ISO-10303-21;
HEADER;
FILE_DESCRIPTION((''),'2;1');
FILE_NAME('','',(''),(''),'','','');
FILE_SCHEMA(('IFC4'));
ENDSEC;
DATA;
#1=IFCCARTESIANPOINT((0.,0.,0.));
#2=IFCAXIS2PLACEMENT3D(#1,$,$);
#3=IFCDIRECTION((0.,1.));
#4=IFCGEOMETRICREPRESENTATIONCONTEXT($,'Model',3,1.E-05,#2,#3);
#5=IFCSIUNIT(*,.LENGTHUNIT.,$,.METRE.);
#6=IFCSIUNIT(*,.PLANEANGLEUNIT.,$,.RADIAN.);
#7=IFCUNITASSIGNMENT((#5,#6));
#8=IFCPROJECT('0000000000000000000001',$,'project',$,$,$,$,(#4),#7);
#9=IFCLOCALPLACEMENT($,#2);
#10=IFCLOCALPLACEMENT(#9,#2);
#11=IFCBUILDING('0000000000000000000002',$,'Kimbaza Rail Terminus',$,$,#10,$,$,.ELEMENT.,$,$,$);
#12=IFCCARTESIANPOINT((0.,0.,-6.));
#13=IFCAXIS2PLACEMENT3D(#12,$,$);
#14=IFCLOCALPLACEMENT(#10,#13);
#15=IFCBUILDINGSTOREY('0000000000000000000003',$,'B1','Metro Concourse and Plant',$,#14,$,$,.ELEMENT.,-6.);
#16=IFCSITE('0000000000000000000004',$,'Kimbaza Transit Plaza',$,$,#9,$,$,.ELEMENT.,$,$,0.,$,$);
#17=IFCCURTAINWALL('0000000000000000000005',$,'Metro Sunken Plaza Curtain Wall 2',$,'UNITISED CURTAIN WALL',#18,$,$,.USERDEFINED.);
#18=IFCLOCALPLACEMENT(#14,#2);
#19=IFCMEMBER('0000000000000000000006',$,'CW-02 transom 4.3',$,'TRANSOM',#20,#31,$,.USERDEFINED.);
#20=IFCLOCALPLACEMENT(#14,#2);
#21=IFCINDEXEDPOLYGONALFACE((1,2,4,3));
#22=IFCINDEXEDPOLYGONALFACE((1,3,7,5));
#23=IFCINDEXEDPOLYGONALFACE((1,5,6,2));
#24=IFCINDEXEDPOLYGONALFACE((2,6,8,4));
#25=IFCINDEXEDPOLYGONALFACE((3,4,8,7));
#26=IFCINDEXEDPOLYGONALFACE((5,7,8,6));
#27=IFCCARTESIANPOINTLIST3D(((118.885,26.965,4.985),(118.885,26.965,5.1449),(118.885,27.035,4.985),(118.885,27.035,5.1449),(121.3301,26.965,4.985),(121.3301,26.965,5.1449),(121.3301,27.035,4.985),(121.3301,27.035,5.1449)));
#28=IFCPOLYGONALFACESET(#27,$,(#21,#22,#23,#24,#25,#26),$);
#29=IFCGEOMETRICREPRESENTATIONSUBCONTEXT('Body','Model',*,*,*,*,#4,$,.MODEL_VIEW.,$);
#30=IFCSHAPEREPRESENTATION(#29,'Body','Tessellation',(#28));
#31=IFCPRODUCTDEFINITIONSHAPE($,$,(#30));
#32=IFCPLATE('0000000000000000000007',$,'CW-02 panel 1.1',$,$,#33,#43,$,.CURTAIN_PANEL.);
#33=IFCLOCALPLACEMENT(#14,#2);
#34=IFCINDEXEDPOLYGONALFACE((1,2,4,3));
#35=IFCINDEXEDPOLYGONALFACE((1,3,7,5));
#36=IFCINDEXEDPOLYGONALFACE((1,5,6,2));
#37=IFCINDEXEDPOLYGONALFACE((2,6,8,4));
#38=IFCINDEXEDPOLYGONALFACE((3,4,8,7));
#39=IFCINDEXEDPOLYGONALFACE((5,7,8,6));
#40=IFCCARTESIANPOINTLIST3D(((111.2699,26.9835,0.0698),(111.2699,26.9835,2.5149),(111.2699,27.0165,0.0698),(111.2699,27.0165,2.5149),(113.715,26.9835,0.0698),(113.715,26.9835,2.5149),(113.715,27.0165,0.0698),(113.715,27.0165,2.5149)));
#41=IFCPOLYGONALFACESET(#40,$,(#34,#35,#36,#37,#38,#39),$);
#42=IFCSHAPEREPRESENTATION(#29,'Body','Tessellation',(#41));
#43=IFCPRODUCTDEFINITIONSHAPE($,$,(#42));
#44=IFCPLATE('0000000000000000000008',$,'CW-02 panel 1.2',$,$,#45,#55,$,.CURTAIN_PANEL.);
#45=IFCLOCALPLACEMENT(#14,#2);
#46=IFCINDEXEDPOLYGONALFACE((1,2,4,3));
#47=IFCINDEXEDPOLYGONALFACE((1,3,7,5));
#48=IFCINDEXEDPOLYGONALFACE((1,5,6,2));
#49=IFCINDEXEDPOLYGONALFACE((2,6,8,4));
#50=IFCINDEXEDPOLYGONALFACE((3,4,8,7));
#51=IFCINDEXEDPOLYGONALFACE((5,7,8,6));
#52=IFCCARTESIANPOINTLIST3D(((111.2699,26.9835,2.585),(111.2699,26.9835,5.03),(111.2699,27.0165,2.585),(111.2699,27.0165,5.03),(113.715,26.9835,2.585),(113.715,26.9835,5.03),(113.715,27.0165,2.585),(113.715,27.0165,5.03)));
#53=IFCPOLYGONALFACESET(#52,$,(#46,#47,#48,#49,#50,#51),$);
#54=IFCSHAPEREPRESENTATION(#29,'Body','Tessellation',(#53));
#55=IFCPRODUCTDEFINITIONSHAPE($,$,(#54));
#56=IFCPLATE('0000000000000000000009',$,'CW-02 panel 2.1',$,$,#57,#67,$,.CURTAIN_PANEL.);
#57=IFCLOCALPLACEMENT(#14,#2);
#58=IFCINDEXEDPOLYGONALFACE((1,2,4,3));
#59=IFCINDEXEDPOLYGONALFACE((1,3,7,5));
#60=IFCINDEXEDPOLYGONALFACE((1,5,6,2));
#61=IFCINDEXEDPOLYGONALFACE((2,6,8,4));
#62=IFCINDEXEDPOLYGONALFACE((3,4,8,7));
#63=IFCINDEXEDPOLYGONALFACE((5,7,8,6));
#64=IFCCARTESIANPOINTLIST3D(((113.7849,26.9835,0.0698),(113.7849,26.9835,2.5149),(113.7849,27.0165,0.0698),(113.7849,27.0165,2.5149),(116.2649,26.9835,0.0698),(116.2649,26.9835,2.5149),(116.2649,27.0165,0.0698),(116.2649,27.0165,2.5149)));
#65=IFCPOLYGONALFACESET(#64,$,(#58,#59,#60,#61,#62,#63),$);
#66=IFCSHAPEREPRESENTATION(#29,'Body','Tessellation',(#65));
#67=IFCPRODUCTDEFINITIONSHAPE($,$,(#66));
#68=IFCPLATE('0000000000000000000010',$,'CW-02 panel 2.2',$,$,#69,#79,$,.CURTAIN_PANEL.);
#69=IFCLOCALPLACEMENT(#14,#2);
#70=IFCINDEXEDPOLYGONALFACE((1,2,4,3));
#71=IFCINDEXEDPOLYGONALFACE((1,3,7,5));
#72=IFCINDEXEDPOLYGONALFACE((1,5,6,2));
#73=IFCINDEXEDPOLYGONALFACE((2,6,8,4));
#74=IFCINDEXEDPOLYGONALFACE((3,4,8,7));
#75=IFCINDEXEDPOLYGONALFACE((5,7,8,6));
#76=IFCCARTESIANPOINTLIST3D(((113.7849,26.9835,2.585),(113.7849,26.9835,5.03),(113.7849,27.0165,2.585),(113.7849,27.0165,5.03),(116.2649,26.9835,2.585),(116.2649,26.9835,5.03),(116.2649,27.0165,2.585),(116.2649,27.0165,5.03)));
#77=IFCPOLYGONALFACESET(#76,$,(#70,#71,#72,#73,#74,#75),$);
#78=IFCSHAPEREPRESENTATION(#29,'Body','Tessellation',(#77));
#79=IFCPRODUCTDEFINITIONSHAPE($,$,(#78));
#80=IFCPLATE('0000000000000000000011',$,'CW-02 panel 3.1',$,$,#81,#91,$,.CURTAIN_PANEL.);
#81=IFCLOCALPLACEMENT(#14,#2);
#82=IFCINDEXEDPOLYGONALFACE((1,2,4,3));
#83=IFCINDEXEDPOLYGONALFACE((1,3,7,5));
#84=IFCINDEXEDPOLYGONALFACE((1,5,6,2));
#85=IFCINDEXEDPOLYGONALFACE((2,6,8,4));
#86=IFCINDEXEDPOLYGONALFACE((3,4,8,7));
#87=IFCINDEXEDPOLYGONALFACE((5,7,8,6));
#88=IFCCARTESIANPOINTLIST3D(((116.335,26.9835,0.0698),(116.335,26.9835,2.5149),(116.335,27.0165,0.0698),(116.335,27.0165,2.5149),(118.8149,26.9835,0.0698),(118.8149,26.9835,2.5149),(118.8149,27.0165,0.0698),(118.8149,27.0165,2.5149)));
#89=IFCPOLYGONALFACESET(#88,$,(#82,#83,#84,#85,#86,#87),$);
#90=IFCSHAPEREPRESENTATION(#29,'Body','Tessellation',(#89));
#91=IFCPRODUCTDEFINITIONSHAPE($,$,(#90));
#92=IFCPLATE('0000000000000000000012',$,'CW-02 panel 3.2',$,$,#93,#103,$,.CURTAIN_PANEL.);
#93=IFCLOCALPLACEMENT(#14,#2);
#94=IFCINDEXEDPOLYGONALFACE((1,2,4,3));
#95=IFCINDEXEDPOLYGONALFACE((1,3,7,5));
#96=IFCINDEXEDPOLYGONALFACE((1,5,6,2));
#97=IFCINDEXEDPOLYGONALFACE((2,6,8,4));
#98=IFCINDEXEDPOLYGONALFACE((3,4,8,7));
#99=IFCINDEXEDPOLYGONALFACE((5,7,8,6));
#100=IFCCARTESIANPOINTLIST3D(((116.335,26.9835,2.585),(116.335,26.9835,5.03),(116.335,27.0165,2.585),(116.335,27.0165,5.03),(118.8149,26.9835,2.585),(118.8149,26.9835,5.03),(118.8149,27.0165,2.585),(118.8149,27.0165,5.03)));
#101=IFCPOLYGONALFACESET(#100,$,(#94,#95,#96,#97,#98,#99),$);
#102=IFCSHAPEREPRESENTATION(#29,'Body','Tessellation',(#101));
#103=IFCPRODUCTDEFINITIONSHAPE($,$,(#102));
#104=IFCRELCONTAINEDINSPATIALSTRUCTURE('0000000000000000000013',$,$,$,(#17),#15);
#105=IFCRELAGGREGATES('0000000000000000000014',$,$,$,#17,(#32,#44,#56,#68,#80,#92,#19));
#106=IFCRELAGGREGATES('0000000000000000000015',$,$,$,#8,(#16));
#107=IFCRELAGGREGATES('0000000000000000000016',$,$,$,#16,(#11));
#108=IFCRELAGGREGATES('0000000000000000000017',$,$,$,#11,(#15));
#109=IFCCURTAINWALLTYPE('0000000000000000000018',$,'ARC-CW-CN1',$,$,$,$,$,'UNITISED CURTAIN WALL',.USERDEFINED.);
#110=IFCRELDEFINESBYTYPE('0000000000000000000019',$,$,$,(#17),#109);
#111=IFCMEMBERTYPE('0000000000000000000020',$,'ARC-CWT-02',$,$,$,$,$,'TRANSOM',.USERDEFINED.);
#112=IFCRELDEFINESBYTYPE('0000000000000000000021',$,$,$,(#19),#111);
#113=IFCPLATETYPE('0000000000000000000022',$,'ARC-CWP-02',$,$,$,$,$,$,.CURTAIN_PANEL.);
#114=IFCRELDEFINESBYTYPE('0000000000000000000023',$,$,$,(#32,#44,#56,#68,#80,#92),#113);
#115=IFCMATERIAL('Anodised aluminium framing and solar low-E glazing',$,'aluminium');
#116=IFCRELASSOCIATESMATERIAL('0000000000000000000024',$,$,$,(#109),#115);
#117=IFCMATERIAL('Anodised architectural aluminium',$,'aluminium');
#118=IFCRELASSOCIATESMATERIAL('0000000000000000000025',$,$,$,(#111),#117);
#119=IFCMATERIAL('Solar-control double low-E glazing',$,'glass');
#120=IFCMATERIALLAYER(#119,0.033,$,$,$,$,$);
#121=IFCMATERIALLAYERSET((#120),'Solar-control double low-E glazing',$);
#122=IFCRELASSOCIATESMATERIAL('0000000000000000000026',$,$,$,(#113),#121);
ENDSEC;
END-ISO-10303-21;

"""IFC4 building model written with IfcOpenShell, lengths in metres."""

from ifc_helpers import new_model, si_unit, direction, frame, origin, origin_2d, place, context, subcontext, project, spatial, rectangle, extrude, material, layer, layer_set, material_profile, profile_set, type_object, element, aggregate, save


model = new_model("IFC4")

# Units and contexts
model_context = context("Model", 3, precision=1e-05, world=origin(), true_north=direction((0.0, 1.0)))
body_context = subcontext(model_context, "Body", "Model", "MODEL_VIEW")
ifc_project = project(units=[si_unit("LENGTHUNIT", "METRE"), si_unit("PLANEANGLEUNIT", "RADIAN")], contexts=[model_context])

# Site, building, storey
site_placement = place(None, origin())
site = spatial("IfcSite", under=ifc_project, at=site_placement, Name="Kimbaza Transit Plaza", CompositionType="ELEMENT", RefElevation=0.0)
building_placement = place(site_placement, origin())
building = spatial("IfcBuilding", under=site, at=building_placement, Name="Kimbaza Rail Terminus", CompositionType="ELEMENT")
storey_placement = place(building_placement, frame((0.0, 0.0, -6.0)))
storey = spatial("IfcBuildingStorey", under=building, at=storey_placement, Name="B1", Description="Metro Concourse and Plant", CompositionType="ELEMENT", Elevation=-6.0)

# Curtain wall, member, plates
ifc_material_1 = material(Name="Anodised aluminium framing and solar low-E glazing", Category="aluminium")
curtain_wall_type = type_object("IfcCurtainWallType", Name="ARC-CW-CN1", ElementType="UNITISED CURTAIN WALL", PredefinedType="USERDEFINED", material=ifc_material_1)
curtain_wall_placement = place(storey_placement, origin())
curtain_wall = element("IfcCurtainWall", 1, at=curtain_wall_placement, inside=storey, type_object=curtain_wall_type, Name="Metro Sunken Plaza Curtain Wall 2", ObjectType="UNITISED CURTAIN WALL", PredefinedType="USERDEFINED")
ifc_material_2 = material(Name="Anodised architectural aluminium", Category="aluminium")
ifc_material_profile_1 = material_profile(ifc_material_2, rectangle(XDim=0.0701, YDim=0.1599, at=origin_2d()), Name="TRANSOM 70x160")
ifc_profile_set_1 = profile_set([ifc_material_profile_1], Name="Anodised architectural aluminium")
member_type_1 = type_object("IfcMemberType", Name="ARC-CWT-02", ElementType="TRANSOM", PredefinedType="USERDEFINED", material=ifc_profile_set_1)
member_1_placement = place(storey_placement, frame((118.885, 27.0, 5.0649), z_axis=(1.0, 0.0, 0.0), x_axis=(0.0, 1.0, 0.0)))
member_1 = element("IfcMember", 2, at=member_1_placement, type_object=member_type_1, Name="CW-02 transom 4.3", ObjectType="TRANSOM", PredefinedType="USERDEFINED", context=body_context, shape_type="SweptSolid", body=[
    extrude(rectangle(XDim=0.0701, YDim=0.1599, at=origin_2d()), origin(), (0.0, 0.0, 1.0), 2.4451),
])
ifc_material_3 = material(Name="Solar-control double low-E glazing", Category="glass")
ifc_layer = layer(ifc_material_3, 0.033)
ifc_layer_set = layer_set([ifc_layer], Name="Solar-control double low-E glazing")
plate_type = type_object("IfcPlateType", Name="ARC-CWP-02", PredefinedType="CURTAIN_PANEL", material=ifc_layer_set)
plate_1_placement = place(storey_placement, frame((112.4924, 27.0, 0.0698), z_axis=(0.0, 0.0, 1.0), x_axis=(1.0, 0.0, 0.0)))
plate_1 = element("IfcPlate", 3, at=plate_1_placement, type_object=plate_type, Name="CW-02 panel 1.1", PredefinedType="CURTAIN_PANEL", context=body_context, shape_type="SweptSolid", body=[
    extrude(rectangle(XDim=2.4451, YDim=0.033, at=origin_2d()), origin(), (0.0, 0.0, 1.0), 2.4451),
])
plate_2_placement = place(storey_placement, frame((112.4924, 27.0, 2.585), z_axis=(0.0, 0.0, 1.0), x_axis=(1.0, 0.0, 0.0)))
plate_2 = element("IfcPlate", 4, at=plate_2_placement, type_object=plate_type, Name="CW-02 panel 1.2", PredefinedType="CURTAIN_PANEL", context=body_context, shape_type="SweptSolid", body=[
    extrude(rectangle(XDim=2.4451, YDim=0.033, at=origin_2d()), origin(), (0.0, 0.0, 1.0), 2.4451),
])
plate_3_placement = place(storey_placement, frame((115.0249, 27.0, 0.0698), z_axis=(0.0, 0.0, 1.0), x_axis=(1.0, 0.0, 0.0)))
plate_3 = element("IfcPlate", 5, at=plate_3_placement, type_object=plate_type, Name="CW-02 panel 2.1", PredefinedType="CURTAIN_PANEL", context=body_context, shape_type="SweptSolid", body=[
    extrude(rectangle(XDim=2.48, YDim=0.033, at=origin_2d()), origin(), (0.0, 0.0, 1.0), 2.4451),
])
plate_4_placement = place(storey_placement, frame((115.0249, 27.0, 2.585), z_axis=(0.0, 0.0, 1.0), x_axis=(1.0, 0.0, 0.0)))
plate_4 = element("IfcPlate", 6, at=plate_4_placement, type_object=plate_type, Name="CW-02 panel 2.2", PredefinedType="CURTAIN_PANEL", context=body_context, shape_type="SweptSolid", body=[
    extrude(rectangle(XDim=2.48, YDim=0.033, at=origin_2d()), origin(), (0.0, 0.0, 1.0), 2.4451),
])
plate_5_placement = place(storey_placement, frame((117.575, 27.0, 0.0698), z_axis=(0.0, 0.0, 1.0), x_axis=(1.0, 0.0, 0.0)))
plate_5 = element("IfcPlate", 7, at=plate_5_placement, type_object=plate_type, Name="CW-02 panel 3.1", PredefinedType="CURTAIN_PANEL", context=body_context, shape_type="SweptSolid", body=[
    extrude(rectangle(XDim=2.48, YDim=0.033, at=origin_2d()), origin(), (0.0, 0.0, 1.0), 2.4451),
])
plate_6_placement = place(storey_placement, frame((117.575, 27.0, 2.585), z_axis=(0.0, 0.0, 1.0), x_axis=(1.0, 0.0, 0.0)))
plate_6 = element("IfcPlate", 8, at=plate_6_placement, type_object=plate_type, Name="CW-02 panel 3.2", PredefinedType="CURTAIN_PANEL", context=body_context, shape_type="SweptSolid", body=[
    extrude(rectangle(XDim=2.48, YDim=0.033, at=origin_2d()), origin(), (0.0, 0.0, 1.0), 2.4451),
])
aggregate(curtain_wall, [plate_1, plate_2, plate_3, plate_4, plate_5, plate_6, member_1])

save(model, "model.ifc")
